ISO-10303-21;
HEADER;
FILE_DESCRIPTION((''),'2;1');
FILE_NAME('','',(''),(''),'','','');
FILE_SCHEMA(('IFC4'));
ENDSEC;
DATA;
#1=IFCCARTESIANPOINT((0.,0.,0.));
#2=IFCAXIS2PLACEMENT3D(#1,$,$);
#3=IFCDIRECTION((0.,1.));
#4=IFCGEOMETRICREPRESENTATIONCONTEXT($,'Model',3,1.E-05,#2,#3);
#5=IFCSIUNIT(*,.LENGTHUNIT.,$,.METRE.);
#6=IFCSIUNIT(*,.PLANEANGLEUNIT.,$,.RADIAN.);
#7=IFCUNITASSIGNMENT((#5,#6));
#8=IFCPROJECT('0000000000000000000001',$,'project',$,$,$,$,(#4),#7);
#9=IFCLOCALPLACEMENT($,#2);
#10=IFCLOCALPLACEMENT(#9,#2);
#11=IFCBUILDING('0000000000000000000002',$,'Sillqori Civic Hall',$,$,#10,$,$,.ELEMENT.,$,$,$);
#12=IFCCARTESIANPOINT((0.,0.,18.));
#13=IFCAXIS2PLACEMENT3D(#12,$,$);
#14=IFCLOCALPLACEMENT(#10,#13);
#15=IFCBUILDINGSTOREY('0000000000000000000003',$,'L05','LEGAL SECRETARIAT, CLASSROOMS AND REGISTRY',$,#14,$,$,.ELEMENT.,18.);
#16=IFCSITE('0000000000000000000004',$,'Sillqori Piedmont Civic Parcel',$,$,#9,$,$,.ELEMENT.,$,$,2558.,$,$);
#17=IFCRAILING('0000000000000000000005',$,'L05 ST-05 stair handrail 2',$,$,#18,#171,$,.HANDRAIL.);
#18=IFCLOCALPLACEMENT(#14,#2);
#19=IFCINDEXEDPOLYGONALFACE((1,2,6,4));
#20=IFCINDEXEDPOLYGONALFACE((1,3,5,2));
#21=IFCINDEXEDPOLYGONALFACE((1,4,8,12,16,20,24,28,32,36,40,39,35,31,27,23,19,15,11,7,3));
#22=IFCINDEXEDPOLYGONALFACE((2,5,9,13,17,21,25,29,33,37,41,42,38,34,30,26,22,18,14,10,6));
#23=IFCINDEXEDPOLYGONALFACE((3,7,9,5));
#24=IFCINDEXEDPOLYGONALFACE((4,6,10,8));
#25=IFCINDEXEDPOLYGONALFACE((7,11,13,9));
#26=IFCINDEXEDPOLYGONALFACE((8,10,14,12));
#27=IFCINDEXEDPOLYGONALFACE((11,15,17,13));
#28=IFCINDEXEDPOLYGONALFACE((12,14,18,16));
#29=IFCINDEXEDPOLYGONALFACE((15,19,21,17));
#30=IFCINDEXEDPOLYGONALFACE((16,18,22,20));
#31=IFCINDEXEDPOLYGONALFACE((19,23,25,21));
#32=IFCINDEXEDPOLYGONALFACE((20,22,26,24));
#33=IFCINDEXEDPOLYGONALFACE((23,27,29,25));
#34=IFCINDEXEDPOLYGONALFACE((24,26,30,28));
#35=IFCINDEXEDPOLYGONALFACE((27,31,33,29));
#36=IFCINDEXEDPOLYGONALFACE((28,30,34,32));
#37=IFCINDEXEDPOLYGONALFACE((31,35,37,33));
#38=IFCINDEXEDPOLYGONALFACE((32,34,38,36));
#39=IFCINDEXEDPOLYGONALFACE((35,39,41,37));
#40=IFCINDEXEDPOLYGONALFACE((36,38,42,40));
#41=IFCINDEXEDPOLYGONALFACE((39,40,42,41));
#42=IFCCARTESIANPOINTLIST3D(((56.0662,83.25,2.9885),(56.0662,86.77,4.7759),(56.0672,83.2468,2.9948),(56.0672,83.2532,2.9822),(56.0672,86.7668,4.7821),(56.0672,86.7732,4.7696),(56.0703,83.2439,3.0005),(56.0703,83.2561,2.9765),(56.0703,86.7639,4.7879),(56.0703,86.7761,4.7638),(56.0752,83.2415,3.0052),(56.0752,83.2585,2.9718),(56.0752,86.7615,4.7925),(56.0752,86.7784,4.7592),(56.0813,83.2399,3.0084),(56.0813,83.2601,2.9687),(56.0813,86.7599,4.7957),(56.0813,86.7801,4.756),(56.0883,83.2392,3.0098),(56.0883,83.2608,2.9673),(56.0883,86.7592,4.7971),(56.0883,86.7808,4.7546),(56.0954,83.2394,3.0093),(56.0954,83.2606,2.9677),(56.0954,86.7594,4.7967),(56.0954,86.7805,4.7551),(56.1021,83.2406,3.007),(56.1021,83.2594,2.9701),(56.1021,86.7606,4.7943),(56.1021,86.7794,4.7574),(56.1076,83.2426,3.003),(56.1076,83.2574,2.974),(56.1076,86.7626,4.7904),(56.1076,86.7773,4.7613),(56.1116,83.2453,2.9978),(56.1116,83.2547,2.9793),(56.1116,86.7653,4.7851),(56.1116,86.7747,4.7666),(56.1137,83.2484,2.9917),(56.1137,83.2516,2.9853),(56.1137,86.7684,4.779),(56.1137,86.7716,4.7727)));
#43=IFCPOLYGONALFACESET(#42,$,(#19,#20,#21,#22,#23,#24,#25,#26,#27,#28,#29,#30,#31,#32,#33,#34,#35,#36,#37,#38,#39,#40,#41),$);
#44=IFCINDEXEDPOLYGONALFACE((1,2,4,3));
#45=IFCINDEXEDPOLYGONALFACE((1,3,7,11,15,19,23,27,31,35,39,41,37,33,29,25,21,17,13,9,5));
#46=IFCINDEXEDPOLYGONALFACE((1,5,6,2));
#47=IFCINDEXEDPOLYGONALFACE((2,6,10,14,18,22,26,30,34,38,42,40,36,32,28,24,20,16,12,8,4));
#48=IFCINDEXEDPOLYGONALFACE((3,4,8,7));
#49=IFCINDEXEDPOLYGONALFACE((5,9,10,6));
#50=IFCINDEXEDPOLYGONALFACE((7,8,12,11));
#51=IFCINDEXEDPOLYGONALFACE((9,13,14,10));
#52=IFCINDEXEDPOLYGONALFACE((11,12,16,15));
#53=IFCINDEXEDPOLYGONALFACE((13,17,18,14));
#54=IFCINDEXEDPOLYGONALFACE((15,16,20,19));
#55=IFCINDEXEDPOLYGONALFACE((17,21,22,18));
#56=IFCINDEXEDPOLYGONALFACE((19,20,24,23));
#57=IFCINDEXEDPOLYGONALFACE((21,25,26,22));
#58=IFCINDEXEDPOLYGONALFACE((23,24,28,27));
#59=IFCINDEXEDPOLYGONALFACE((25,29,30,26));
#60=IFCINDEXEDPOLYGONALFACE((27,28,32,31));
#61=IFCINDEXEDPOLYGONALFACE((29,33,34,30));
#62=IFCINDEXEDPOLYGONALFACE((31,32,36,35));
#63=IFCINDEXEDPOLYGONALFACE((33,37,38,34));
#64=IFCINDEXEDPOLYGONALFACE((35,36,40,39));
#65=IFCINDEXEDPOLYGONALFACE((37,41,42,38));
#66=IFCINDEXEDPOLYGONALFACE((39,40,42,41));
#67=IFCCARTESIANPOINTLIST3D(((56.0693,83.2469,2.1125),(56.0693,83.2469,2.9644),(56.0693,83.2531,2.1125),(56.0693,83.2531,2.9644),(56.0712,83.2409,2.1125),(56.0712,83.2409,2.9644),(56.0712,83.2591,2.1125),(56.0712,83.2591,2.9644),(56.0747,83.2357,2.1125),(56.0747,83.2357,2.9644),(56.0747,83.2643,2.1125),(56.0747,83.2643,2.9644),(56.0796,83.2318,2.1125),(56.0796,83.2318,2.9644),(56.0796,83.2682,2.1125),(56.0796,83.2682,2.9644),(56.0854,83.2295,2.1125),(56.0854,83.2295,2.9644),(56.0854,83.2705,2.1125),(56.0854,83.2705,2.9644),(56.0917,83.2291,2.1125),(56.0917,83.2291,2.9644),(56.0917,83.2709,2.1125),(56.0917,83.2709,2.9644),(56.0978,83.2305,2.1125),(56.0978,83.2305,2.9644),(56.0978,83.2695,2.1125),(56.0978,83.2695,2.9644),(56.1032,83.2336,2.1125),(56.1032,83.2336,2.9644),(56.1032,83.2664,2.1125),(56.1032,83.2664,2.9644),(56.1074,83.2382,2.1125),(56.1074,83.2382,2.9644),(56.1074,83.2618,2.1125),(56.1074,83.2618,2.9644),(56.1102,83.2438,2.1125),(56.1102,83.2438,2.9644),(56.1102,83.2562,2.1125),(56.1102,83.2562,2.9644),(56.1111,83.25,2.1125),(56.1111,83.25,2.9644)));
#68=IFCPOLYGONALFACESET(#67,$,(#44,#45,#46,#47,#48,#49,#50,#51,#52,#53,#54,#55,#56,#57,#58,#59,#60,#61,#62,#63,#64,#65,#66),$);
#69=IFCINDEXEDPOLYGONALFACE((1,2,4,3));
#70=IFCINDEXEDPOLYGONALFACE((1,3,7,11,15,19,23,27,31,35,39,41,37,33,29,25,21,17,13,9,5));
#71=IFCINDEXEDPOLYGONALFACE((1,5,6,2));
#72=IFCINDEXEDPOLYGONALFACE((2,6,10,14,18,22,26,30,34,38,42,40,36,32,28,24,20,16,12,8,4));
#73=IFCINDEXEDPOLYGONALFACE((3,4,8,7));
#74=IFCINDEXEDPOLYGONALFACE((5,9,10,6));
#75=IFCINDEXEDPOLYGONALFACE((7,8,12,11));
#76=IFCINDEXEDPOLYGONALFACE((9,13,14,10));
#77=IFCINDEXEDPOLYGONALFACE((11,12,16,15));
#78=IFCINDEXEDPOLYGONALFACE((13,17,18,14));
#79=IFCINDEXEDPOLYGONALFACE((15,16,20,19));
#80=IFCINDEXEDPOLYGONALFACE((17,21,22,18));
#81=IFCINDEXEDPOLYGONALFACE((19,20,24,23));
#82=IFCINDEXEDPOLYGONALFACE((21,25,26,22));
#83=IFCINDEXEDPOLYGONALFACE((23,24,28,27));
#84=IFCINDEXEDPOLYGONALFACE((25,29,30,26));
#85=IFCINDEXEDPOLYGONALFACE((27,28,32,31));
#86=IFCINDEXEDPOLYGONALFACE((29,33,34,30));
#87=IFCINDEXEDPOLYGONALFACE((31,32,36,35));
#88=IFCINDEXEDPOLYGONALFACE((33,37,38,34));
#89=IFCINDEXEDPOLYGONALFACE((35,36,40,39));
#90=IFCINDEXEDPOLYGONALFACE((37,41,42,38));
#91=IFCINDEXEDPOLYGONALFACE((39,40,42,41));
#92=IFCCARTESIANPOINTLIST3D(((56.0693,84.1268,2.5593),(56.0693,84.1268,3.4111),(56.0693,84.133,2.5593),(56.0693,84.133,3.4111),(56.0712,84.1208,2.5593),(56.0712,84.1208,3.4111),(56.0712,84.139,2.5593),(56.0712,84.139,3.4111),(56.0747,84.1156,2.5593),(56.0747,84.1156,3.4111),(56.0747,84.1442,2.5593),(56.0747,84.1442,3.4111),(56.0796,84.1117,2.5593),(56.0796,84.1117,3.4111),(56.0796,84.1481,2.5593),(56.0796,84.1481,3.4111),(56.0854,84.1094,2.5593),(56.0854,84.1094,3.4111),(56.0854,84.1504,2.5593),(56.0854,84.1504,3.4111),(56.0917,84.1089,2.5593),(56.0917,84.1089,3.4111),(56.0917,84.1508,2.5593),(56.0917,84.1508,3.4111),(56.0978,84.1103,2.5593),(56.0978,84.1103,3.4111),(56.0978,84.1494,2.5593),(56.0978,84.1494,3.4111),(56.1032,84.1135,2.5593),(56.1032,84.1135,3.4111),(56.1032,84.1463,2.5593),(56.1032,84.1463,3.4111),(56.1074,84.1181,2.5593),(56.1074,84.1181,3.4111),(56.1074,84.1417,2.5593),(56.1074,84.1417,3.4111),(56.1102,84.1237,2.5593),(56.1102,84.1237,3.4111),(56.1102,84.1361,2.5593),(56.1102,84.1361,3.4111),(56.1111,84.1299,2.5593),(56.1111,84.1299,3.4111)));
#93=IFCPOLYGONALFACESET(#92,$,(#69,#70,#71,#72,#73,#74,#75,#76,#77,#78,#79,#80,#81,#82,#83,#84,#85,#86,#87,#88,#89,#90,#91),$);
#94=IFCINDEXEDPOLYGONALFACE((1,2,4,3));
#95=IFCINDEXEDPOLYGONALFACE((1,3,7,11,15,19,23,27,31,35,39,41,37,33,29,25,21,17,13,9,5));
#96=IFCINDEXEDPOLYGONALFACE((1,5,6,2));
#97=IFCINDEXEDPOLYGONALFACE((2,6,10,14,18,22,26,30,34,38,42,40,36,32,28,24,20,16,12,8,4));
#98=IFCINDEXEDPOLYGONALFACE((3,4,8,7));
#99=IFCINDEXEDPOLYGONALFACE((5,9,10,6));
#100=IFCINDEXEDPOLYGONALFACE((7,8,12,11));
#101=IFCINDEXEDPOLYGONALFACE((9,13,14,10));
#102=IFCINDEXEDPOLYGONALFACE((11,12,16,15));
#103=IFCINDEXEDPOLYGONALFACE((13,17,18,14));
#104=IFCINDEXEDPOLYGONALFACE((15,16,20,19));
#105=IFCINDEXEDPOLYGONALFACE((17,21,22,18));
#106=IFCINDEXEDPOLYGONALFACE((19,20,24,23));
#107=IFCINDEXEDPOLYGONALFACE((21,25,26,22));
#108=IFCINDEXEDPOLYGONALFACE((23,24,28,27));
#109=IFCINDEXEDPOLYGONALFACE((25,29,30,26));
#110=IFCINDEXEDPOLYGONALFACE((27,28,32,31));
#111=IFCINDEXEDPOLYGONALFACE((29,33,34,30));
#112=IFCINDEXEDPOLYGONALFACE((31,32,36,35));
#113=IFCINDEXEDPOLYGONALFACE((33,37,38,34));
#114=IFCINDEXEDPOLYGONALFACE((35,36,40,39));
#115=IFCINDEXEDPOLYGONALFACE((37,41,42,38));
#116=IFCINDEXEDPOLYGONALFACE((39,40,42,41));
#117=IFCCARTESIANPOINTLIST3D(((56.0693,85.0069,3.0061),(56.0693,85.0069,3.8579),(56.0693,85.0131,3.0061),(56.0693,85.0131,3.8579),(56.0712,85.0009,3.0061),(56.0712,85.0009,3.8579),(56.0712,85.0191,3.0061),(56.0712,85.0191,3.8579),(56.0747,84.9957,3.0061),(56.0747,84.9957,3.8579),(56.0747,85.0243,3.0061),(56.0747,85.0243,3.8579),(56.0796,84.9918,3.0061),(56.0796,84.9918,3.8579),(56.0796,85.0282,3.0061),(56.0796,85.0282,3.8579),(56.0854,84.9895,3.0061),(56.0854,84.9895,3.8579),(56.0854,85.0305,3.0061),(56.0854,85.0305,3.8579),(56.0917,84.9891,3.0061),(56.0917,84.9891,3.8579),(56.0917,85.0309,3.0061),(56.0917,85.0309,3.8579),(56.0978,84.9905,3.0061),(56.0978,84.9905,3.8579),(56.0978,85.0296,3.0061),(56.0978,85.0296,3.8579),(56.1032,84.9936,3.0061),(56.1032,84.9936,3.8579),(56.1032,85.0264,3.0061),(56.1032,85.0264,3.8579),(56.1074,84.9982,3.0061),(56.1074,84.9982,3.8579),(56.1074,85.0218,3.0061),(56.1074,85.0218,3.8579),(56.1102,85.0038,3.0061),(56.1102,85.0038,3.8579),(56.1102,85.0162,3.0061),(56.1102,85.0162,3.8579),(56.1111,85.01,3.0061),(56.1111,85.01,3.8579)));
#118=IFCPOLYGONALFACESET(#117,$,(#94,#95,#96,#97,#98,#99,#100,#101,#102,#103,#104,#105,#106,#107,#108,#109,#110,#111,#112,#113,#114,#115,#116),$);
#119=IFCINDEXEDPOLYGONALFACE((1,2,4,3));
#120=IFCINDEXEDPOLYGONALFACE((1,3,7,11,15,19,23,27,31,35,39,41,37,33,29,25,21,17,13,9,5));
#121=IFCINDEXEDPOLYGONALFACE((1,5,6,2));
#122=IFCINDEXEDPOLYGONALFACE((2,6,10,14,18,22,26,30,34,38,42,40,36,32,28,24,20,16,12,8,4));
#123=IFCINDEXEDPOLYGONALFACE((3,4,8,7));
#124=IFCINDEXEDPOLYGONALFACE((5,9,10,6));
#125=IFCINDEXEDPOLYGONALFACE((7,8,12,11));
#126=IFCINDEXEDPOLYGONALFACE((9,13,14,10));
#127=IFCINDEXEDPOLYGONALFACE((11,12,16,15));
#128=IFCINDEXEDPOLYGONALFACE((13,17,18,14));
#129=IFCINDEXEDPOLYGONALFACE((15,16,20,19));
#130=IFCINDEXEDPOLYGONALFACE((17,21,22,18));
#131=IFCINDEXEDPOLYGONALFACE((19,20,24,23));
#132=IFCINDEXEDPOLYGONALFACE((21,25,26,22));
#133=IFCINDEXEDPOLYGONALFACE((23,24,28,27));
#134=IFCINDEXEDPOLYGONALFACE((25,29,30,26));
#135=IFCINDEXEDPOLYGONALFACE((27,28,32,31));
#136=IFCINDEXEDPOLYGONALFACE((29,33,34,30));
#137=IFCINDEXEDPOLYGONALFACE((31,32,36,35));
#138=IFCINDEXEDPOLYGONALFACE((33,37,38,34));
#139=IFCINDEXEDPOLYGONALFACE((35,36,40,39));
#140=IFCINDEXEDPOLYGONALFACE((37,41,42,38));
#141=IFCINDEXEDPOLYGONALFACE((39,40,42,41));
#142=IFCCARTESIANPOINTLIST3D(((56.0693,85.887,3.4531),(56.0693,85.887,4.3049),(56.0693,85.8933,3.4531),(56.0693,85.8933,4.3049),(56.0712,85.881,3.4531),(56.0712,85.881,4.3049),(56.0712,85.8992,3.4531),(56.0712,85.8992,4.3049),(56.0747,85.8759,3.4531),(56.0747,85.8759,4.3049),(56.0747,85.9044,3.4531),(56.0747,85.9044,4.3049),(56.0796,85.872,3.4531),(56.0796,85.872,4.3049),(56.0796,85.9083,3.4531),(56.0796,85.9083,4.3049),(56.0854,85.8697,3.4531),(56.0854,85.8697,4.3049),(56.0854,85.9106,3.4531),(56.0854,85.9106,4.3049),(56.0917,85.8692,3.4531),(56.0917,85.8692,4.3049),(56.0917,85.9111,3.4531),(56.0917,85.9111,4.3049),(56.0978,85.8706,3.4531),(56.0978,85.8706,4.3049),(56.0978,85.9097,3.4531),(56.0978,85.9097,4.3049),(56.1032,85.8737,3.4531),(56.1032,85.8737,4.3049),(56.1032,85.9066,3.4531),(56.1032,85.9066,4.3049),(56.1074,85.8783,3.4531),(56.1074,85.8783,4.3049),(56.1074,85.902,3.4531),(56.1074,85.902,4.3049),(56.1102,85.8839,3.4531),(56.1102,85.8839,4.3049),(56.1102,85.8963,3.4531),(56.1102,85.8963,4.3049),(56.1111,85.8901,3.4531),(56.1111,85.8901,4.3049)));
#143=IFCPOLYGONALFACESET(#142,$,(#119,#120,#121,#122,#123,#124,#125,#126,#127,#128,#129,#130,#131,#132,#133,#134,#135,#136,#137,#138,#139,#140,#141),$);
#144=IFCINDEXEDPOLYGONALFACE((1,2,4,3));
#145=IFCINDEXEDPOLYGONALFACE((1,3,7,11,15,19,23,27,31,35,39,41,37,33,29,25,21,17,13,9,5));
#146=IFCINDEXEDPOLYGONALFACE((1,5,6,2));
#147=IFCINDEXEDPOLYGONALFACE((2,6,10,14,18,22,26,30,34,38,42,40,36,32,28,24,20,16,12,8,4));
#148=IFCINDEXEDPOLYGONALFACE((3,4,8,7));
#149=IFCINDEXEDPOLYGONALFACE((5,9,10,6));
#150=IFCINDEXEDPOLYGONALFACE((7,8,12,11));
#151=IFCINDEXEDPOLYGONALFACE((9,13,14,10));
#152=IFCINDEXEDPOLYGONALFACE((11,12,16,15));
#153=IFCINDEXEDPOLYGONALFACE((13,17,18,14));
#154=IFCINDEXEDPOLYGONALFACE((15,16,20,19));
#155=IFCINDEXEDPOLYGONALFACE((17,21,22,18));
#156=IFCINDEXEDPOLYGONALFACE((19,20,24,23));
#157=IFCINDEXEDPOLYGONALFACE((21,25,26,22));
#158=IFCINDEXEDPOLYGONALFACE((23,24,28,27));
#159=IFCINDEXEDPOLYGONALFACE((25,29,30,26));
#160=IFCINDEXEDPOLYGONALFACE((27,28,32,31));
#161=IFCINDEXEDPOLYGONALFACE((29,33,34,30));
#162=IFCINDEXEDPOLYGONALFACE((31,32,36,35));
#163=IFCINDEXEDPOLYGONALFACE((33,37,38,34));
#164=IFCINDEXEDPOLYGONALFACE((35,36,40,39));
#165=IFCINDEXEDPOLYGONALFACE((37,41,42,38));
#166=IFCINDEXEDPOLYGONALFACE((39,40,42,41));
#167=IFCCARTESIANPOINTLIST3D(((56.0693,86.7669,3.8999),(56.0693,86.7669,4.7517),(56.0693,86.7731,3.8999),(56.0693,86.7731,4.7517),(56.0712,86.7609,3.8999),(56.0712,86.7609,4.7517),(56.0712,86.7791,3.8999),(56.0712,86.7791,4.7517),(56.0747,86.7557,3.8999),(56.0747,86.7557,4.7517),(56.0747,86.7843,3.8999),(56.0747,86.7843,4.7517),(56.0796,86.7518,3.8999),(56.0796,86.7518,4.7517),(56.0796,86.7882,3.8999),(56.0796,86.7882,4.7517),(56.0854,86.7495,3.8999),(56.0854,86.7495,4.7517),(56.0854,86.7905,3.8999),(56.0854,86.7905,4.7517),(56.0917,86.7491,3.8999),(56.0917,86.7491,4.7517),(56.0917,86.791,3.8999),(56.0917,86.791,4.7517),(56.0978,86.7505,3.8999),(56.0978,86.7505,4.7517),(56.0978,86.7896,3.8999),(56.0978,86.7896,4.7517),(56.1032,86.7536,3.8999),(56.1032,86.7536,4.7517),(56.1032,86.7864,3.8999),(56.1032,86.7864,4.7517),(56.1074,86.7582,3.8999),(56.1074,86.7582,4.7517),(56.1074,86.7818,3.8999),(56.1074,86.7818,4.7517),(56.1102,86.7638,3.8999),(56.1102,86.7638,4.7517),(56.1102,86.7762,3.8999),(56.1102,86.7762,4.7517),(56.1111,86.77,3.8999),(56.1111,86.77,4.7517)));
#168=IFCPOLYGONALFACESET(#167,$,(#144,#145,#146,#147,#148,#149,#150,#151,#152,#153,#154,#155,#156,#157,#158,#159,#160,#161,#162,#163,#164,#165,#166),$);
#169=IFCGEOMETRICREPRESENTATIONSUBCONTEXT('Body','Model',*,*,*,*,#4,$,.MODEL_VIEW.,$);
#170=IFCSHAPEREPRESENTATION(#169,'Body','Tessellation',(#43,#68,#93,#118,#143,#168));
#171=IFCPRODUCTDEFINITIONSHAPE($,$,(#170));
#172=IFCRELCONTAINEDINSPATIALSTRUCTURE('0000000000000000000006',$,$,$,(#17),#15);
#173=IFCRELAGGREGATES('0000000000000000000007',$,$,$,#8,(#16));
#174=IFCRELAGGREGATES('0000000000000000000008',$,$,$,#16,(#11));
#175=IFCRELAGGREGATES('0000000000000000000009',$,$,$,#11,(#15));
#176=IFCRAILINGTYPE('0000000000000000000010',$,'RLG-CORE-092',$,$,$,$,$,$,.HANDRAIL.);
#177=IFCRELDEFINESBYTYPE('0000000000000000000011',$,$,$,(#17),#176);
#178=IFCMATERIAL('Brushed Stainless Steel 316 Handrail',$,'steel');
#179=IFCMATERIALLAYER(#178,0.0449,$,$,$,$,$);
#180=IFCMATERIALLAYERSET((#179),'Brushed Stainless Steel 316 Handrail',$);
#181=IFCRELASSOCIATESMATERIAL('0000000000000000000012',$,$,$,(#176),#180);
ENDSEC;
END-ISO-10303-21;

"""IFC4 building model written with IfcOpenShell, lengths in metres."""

from ifc_helpers import new_model, si_unit, direction, frame, origin, origin_2d, place, context, subcontext, project, spatial, circle, extrude, material, layer, layer_set, type_object, element, save


model = new_model("IFC4")

# Units and contexts
model_context = context("Model", 3, precision=1e-05, world=origin(), true_north=direction((0.0, 1.0)))
body_context = subcontext(model_context, "Body", "Model", "MODEL_VIEW")
ifc_project = project(units=[si_unit("LENGTHUNIT", "METRE"), si_unit("PLANEANGLEUNIT", "RADIAN")], contexts=[model_context])

# Site, building, storey
site_placement = place(None, origin())
site = spatial("IfcSite", under=ifc_project, at=site_placement, Name="Sillqori Piedmont Civic Parcel", CompositionType="ELEMENT", RefElevation=2558.0)
building_placement = place(site_placement, origin())
building = spatial("IfcBuilding", under=site, at=building_placement, Name="Sillqori Civic Hall", CompositionType="ELEMENT")
storey_placement = place(building_placement, frame((0.0, 0.0, 18.0)))
storey = spatial("IfcBuildingStorey", under=building, at=storey_placement, Name="L05", Description="LEGAL SECRETARIAT, CLASSROOMS AND REGISTRY", CompositionType="ELEMENT", Elevation=18.0)

# Railing
ifc_material_1 = material(Name="Brushed Stainless Steel 316 Handrail", Category="steel")
ifc_layer_1 = layer(ifc_material_1, 0.0449)
ifc_layer_set_1 = layer_set([ifc_layer_1], Name="Brushed Stainless Steel 316 Handrail")
railing_type_1 = type_object("IfcRailingType", Name="RLG-CORE-092", PredefinedType="HANDRAIL", material=ifc_layer_set_1)
railing_1_placement = place(storey_placement, frame((56.0901, 83.25, 2.1125)))
element("IfcRailing", 1, at=railing_1_placement, inside=storey, type_object=railing_type_1, Name="L05 ST-05 stair handrail 2", PredefinedType="HANDRAIL", context=body_context, shape_type="SweptSolid", body=[
    extrude(circle(Radius=0.0239, at=origin_2d()), frame((0.0, 0.0, 0.876), z_axis=(0.0, 0.89164, 0.452746), x_axis=(-1.0, 0.0, 0.0)), (0.0, 0.0, 1.0), 3.9478),
    extrude(circle(Radius=0.021, at=origin_2d()), origin(), (0.0, 0.0, 1.0), 0.8518),
    extrude(circle(Radius=0.021, at=origin_2d()), frame((0.0, 0.8799, 0.4468)), (0.0, 0.0, 1.0), 0.8518),
    extrude(circle(Radius=0.021, at=origin_2d()), frame((0.0, 1.76, 0.8936)), (0.0, 0.0, 1.0), 0.8518),
    extrude(circle(Radius=0.021, at=origin_2d()), frame((0.0, 2.6401, 1.3406)), (0.0, 0.0, 1.0), 0.8518),
    extrude(circle(Radius=0.021, at=origin_2d()), frame((0.0, 3.52, 1.7874)), (0.0, 0.0, 1.0), 0.8518),
])

save(model, "model.ifc")
